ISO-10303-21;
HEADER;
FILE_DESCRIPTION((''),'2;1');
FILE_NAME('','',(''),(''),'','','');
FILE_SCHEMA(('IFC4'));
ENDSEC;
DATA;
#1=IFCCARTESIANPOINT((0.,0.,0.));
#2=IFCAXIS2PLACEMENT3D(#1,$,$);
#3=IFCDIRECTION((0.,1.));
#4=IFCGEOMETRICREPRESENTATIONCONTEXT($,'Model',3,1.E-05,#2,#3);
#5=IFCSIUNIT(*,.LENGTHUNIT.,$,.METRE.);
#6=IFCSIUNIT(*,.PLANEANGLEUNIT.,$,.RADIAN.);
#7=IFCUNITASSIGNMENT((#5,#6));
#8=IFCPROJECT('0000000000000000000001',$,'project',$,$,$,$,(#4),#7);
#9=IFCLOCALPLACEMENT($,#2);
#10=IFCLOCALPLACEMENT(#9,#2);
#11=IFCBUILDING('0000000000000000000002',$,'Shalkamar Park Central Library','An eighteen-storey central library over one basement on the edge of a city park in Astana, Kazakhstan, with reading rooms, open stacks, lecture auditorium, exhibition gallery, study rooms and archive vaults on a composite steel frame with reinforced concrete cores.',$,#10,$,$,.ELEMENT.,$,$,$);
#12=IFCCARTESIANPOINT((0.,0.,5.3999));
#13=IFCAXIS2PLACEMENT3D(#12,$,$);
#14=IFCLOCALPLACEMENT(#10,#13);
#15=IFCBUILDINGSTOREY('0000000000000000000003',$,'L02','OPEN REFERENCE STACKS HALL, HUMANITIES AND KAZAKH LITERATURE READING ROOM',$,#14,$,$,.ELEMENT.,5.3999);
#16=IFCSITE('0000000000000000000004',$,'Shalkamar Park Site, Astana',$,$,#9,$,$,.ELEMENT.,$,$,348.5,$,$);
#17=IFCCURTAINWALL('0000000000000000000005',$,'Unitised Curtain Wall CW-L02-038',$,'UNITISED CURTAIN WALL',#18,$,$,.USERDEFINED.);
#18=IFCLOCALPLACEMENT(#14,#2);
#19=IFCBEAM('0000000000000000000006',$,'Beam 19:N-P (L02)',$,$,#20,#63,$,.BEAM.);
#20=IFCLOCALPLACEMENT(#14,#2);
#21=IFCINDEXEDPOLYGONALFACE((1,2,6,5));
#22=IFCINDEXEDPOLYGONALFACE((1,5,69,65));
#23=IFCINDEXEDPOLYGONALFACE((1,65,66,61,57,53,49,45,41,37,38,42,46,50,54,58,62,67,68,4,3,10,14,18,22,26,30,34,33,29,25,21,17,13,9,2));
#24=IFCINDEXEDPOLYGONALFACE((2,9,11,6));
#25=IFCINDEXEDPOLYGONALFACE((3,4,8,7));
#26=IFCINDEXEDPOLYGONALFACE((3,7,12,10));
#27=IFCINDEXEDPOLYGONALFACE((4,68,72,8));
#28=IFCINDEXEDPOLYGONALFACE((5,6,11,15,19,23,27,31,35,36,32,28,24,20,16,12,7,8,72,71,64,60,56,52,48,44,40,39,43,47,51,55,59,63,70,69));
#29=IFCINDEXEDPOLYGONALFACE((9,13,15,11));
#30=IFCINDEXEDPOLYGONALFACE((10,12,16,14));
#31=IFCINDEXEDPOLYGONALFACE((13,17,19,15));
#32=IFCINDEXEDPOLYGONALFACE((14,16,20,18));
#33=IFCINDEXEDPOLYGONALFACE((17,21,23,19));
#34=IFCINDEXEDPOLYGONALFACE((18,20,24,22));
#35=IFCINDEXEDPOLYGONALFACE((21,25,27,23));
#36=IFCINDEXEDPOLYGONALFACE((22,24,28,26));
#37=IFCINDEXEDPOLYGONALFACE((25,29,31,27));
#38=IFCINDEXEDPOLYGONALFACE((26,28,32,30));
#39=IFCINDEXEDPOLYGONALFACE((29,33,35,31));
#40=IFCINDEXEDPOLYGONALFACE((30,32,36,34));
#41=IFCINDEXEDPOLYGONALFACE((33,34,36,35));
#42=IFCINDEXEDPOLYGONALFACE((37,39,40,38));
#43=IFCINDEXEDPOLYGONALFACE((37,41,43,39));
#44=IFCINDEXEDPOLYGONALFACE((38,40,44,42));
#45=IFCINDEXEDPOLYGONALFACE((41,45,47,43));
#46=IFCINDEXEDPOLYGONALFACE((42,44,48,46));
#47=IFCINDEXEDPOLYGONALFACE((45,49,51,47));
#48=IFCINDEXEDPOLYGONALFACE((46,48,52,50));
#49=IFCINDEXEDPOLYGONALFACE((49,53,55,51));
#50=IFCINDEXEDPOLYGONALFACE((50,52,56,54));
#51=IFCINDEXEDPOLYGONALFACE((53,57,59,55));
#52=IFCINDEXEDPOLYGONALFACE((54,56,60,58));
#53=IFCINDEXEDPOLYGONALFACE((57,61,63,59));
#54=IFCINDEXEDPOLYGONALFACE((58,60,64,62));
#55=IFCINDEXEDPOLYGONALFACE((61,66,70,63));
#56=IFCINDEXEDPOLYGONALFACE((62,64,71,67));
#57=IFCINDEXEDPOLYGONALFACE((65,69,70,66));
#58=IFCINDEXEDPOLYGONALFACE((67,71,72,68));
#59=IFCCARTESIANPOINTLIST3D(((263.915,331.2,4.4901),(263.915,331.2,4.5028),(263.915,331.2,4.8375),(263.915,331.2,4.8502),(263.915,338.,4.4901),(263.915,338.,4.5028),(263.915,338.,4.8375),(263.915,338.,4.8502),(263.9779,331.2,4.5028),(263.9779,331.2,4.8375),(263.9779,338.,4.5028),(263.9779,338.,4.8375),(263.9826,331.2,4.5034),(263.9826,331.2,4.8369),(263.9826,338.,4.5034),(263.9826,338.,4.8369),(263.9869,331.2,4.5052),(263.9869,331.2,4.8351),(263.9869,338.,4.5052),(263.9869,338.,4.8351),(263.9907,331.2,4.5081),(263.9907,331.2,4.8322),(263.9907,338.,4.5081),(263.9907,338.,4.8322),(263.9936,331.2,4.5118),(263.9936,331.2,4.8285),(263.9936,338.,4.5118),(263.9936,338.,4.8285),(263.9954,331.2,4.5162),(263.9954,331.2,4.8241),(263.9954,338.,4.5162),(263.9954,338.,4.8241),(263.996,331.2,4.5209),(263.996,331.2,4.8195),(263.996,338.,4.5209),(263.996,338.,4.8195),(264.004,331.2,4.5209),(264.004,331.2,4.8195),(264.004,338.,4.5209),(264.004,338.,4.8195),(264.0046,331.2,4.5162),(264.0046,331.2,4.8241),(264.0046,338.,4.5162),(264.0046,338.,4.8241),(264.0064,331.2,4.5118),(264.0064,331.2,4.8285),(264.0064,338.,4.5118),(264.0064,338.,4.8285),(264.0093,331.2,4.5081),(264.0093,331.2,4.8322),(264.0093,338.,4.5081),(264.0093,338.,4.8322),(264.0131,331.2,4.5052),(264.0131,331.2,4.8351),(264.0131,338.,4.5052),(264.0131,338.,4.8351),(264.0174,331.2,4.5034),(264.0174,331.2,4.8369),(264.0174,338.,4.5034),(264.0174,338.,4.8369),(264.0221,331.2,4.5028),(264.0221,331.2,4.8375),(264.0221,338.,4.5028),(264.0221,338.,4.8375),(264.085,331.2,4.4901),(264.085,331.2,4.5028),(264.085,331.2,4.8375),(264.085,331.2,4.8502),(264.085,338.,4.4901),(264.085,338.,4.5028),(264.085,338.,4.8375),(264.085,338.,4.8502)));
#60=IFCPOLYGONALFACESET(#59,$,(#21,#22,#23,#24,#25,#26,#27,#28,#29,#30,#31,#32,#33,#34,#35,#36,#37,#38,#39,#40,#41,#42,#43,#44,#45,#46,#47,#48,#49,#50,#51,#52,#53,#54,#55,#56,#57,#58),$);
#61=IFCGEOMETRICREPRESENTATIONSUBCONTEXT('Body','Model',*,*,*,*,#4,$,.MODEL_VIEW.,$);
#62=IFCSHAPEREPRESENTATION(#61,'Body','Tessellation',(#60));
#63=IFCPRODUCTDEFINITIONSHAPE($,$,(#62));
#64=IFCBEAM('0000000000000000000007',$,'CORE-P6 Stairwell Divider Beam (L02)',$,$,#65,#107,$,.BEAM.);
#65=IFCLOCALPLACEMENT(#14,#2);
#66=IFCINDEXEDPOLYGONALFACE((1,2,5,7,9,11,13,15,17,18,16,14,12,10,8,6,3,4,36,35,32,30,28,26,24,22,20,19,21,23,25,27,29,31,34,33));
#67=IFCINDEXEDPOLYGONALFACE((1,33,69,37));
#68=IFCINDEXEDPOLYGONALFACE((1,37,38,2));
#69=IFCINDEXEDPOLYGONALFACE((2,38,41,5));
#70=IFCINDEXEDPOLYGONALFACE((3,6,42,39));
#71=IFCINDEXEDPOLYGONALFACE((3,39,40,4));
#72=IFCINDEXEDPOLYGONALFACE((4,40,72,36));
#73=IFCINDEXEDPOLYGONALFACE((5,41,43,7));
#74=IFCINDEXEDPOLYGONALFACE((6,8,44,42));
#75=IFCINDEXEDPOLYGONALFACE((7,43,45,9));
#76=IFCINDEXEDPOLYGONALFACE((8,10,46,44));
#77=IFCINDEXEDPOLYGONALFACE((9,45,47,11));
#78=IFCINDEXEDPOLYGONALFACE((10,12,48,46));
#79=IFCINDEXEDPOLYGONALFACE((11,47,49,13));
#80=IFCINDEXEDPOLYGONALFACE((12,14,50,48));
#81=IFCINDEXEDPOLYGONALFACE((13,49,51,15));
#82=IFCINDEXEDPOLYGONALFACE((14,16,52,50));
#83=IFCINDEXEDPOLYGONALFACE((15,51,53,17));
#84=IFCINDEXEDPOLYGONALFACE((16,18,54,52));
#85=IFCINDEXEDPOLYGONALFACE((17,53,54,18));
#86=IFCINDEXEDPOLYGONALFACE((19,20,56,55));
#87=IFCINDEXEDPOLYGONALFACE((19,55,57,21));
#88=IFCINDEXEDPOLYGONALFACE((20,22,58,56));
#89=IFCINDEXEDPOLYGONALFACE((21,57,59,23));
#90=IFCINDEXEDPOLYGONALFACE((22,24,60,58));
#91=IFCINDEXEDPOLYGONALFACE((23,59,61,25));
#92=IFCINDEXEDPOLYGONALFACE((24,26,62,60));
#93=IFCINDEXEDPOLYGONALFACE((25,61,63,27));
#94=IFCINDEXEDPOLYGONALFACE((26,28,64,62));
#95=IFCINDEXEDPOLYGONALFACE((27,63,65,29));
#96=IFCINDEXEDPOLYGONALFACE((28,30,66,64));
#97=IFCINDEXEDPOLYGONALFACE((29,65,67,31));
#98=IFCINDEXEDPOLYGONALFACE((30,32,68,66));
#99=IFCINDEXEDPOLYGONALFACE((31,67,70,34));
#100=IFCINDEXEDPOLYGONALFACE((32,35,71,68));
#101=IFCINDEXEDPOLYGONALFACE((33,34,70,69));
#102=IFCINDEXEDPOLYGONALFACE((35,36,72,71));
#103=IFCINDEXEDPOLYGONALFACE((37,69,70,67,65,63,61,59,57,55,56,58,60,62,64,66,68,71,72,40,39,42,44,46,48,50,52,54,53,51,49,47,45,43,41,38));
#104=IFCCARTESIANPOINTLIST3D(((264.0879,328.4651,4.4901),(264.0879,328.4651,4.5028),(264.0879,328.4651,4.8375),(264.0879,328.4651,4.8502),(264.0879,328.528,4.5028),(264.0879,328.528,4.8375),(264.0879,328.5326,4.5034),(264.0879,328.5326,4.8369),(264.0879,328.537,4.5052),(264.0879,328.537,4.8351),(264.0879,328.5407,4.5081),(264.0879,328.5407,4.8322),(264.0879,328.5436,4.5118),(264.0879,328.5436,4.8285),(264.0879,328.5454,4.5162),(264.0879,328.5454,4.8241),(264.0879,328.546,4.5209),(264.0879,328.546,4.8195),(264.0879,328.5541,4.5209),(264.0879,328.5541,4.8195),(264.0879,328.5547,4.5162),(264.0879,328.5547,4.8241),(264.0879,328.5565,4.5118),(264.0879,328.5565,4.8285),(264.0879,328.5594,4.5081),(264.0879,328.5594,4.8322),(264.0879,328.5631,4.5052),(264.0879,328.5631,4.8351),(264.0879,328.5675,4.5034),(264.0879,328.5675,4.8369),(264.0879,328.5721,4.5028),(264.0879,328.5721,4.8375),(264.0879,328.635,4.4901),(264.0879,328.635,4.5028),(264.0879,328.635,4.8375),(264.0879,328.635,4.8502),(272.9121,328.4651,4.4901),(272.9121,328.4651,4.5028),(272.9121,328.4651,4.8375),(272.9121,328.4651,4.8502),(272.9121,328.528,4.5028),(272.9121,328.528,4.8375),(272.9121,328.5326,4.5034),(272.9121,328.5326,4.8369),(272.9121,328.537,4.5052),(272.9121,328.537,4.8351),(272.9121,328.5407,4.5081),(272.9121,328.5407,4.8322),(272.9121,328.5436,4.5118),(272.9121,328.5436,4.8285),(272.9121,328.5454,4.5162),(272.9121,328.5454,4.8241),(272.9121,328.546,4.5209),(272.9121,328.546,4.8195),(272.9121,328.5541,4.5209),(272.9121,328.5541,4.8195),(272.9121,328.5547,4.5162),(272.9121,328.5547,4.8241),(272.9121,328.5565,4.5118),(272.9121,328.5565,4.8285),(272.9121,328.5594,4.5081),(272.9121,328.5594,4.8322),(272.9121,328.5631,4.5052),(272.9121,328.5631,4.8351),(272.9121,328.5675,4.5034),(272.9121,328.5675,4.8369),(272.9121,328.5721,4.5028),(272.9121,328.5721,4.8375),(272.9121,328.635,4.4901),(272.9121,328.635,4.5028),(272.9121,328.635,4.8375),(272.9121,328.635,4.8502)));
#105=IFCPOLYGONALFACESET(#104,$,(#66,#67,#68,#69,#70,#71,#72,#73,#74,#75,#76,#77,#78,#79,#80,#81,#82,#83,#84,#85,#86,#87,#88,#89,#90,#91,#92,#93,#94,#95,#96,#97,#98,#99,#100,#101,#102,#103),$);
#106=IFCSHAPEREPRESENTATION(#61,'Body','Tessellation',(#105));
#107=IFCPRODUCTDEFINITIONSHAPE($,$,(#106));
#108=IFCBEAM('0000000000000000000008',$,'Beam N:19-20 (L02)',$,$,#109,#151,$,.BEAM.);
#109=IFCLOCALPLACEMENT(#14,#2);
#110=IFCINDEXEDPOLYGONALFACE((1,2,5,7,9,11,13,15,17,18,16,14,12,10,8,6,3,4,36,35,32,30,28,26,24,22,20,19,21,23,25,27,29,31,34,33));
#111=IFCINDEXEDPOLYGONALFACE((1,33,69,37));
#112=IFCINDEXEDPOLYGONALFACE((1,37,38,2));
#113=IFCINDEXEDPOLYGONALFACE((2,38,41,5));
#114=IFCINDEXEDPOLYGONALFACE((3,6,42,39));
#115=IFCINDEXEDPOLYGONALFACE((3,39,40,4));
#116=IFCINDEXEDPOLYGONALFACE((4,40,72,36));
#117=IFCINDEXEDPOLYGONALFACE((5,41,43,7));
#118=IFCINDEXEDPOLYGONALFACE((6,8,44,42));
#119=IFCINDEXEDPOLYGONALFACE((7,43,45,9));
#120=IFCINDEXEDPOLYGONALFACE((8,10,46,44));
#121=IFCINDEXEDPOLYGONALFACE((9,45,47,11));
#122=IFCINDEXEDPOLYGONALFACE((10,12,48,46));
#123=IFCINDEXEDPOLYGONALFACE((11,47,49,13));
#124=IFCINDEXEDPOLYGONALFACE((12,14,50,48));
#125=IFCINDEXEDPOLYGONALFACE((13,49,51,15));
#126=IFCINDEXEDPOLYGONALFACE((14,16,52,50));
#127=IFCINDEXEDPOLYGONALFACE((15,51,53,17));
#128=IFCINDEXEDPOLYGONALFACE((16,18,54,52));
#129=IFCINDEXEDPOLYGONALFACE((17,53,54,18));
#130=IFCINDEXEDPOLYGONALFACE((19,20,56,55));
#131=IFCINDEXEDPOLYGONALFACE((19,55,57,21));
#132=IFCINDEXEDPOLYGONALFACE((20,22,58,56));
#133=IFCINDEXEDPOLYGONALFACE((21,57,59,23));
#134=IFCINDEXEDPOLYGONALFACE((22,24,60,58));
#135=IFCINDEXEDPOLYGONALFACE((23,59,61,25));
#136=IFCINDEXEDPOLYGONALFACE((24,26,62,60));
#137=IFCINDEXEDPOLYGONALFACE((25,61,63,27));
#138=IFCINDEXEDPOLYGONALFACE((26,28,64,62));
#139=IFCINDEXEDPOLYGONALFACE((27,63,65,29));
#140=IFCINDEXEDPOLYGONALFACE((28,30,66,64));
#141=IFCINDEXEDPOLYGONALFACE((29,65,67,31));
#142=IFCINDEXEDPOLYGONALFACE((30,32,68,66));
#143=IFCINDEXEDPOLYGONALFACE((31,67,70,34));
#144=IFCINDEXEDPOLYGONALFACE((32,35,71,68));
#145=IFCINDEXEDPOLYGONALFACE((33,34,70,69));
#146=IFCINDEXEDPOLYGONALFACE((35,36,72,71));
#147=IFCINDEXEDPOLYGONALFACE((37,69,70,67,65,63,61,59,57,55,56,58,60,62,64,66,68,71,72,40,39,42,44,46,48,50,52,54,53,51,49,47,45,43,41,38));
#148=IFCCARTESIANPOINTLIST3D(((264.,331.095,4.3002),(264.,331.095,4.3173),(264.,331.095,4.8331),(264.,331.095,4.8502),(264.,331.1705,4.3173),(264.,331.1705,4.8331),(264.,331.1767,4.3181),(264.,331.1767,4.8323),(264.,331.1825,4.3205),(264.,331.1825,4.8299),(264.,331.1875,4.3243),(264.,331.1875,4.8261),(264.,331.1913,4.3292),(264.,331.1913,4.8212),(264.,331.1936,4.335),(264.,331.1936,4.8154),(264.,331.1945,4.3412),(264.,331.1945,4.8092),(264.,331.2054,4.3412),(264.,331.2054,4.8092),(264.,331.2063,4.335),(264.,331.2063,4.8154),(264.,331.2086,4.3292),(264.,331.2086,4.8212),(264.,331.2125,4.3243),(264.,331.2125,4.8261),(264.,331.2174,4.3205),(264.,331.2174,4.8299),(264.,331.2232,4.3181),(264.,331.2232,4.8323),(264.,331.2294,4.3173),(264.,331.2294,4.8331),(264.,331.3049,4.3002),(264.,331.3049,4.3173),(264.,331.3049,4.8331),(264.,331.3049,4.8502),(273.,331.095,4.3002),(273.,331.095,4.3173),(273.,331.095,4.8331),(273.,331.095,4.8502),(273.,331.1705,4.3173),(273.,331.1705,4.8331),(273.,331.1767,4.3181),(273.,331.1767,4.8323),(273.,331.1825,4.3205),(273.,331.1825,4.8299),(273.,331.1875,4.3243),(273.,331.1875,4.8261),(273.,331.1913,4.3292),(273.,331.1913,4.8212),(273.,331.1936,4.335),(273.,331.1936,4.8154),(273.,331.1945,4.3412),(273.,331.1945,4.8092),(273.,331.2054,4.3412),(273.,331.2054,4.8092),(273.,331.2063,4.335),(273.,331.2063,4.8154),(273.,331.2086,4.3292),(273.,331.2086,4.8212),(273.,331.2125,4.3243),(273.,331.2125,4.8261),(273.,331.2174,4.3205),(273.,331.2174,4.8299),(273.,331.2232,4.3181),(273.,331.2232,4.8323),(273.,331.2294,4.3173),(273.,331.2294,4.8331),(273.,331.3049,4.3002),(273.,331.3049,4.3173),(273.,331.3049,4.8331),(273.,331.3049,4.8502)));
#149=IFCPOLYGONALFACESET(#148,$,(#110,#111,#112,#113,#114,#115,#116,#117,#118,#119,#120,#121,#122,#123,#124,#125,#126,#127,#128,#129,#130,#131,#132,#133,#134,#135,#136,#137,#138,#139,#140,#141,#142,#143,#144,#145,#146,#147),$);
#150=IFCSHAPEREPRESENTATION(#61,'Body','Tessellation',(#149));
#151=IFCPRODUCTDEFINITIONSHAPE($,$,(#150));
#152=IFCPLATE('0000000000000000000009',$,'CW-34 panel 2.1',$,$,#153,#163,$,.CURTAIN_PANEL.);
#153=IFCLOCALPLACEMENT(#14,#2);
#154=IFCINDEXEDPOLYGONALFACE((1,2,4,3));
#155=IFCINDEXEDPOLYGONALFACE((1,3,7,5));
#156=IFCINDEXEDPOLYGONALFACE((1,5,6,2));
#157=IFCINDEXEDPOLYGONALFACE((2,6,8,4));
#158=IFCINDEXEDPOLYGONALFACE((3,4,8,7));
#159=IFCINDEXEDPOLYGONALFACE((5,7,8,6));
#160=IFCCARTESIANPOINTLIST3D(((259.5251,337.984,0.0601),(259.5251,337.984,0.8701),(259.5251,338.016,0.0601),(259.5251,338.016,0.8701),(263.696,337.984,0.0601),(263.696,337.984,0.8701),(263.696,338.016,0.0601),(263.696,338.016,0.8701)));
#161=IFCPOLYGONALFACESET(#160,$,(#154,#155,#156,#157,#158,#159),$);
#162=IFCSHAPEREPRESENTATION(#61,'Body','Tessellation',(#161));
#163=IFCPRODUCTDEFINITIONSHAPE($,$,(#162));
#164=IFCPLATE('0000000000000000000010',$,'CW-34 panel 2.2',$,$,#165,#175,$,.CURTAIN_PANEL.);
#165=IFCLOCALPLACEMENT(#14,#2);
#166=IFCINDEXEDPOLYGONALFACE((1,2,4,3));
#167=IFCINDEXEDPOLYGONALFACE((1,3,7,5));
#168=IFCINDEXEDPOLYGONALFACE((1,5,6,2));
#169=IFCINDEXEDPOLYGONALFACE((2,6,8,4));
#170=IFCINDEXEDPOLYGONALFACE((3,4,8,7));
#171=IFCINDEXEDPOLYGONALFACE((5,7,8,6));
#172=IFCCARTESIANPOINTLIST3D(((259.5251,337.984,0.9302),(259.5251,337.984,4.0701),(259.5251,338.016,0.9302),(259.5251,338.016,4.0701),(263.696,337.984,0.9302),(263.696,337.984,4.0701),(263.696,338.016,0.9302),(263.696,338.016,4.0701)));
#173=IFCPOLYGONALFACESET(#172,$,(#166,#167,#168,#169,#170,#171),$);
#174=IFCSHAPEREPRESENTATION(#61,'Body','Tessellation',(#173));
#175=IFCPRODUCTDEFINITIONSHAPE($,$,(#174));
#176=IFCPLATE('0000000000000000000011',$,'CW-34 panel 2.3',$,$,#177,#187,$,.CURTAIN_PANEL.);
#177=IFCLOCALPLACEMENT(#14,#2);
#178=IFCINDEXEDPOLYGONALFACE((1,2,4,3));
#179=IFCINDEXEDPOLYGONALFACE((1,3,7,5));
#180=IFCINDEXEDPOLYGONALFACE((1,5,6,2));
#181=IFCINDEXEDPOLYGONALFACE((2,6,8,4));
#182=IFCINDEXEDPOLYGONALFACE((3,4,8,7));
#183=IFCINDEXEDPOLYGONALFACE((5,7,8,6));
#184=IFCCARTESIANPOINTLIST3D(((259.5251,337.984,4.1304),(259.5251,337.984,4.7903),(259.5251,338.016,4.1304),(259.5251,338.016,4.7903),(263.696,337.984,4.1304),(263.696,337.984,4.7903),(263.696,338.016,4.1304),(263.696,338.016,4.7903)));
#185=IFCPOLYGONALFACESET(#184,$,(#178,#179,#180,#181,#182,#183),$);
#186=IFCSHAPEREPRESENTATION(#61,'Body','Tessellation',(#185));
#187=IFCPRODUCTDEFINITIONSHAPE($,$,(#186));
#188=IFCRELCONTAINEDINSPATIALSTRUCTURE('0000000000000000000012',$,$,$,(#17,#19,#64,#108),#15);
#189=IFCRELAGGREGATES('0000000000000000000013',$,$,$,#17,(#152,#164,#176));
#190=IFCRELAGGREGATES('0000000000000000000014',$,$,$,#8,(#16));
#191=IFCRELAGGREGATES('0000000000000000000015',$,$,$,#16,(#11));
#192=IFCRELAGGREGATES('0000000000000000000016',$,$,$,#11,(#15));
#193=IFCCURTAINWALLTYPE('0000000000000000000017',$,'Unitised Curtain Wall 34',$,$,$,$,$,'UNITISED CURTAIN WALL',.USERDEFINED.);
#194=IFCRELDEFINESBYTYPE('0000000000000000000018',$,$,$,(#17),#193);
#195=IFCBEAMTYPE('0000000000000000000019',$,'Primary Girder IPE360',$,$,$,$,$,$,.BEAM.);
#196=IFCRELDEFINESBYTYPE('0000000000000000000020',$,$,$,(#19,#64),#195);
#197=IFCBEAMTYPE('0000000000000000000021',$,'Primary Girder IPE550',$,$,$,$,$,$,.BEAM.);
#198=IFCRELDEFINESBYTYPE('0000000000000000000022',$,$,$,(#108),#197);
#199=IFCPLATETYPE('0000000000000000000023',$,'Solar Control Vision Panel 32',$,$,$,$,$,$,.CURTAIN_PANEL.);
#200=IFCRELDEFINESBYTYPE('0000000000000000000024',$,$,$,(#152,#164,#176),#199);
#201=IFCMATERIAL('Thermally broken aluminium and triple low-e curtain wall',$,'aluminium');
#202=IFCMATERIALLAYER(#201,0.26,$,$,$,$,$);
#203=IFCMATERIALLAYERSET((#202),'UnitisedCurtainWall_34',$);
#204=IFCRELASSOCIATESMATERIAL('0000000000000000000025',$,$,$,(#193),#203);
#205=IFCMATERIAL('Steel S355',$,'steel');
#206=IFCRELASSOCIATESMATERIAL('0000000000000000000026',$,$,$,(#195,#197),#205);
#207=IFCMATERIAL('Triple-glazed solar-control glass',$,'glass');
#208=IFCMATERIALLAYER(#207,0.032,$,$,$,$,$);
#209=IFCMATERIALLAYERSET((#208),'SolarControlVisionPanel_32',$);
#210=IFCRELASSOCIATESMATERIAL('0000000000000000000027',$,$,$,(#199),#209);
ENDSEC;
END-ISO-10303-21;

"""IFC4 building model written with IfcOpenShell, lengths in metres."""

from ifc_helpers import new_model, si_unit, direction, frame, origin, origin_2d, place, context, subcontext, project, spatial, rectangle, i_section, extrude, material, layer, layer_set, material_profile, profile_set, type_object, element, aggregate, save


model = new_model("IFC4")

# Units and contexts
model_context = context("Model", 3, precision=1e-05, world=origin(), true_north=direction((0.0, 1.0)))
body_context = subcontext(model_context, "Body", "Model", "MODEL_VIEW")
ifc_project = project(units=[si_unit("LENGTHUNIT", "METRE"), si_unit("PLANEANGLEUNIT", "RADIAN")], contexts=[model_context])

# Site, building, storey
site_placement = place(None, origin())
site = spatial("IfcSite", under=ifc_project, at=site_placement, Name="Shalkamar Park Site, Astana", CompositionType="ELEMENT", RefElevation=348.5)
building_placement = place(site_placement, origin())
building = spatial("IfcBuilding", under=site, at=building_placement, Name="Shalkamar Park Central Library", Description="An eighteen-storey central library over one basement on the edge of a city park in Astana, Kazakhstan, with reading rooms, open stacks, lecture auditorium, exhibition gallery, study rooms and archive vaults on a composite steel frame with reinforced concrete cores.", CompositionType="ELEMENT")
storey_placement = place(building_placement, frame((0.0, 0.0, 5.3999)))
storey = spatial("IfcBuildingStorey", under=building, at=storey_placement, Name="L02", Description="OPEN REFERENCE STACKS HALL, HUMANITIES AND KAZAKH LITERATURE READING ROOM", CompositionType="ELEMENT", Elevation=5.3999)

# Shared definitions
ifc_material_1 = material(Name="Steel S355", Category="steel")

# Curtain wall
ifc_material_2 = material(Name="Thermally broken aluminium and triple low-e curtain wall", Category="aluminium")
ifc_layer_1 = layer(ifc_material_2, 0.26)
ifc_layer_set_1 = layer_set([ifc_layer_1], Name="UnitisedCurtainWall_34")
curtain_wall_type_1 = type_object("IfcCurtainWallType", Name="Unitised Curtain Wall 34", ElementType="UNITISED CURTAIN WALL", PredefinedType="USERDEFINED", material=ifc_layer_set_1)
curtain_wall_1_placement = place(storey_placement, origin())
curtain_wall_1 = element("IfcCurtainWall", 1, at=curtain_wall_1_placement, inside=storey, type_object=curtain_wall_type_1, Name="Unitised Curtain Wall CW-L02-038", ObjectType="UNITISED CURTAIN WALL", PredefinedType="USERDEFINED")

# Beams
ifc_material_profile_1 = material_profile(ifc_material_1, i_section(OverallWidth=0.1699, OverallDepth=0.3601, WebThickness=0.0081, FlangeThickness=0.0127, FilletRadius=0.0181, at=origin_2d()), Name="IPE 360")
ifc_profile_set_1 = profile_set([ifc_material_profile_1], Name="Steel S355")
beam_type_1 = type_object("IfcBeamType", Name="Primary Girder IPE360", PredefinedType="BEAM", material=ifc_profile_set_1)
beam_1_placement = place(storey_placement, frame((264.0, 331.2, 4.6702), z_axis=(0.0, 1.0, 0.0), x_axis=(-1.0, 0.0, 0.0)))
element("IfcBeam", 2, at=beam_1_placement, inside=storey, type_object=beam_type_1, Name="Beam 19:N-P (L02)", PredefinedType="BEAM", context=body_context, shape_type="SweptSolid", body=[
    extrude(i_section(OverallWidth=0.1699, OverallDepth=0.3601, WebThickness=0.0081, FlangeThickness=0.0127, FilletRadius=0.0181, at=origin_2d()), origin(), (0.0, 0.0, 1.0), 6.8),
])
beam_2_placement = place(storey_placement, frame((264.0879, 328.55, 4.6702), z_axis=(1.0, 0.0, 0.0), x_axis=(0.0, 1.0, 0.0)))
element("IfcBeam", 3, at=beam_2_placement, inside=storey, type_object=beam_type_1, Name="CORE-P6 Stairwell Divider Beam (L02)", PredefinedType="BEAM", context=body_context, shape_type="SweptSolid", body=[
    extrude(i_section(OverallWidth=0.1699, OverallDepth=0.3601, WebThickness=0.0081, FlangeThickness=0.0127, FilletRadius=0.0181, at=origin_2d()), origin(), (0.0, 0.0, 1.0), 8.8242),
])
ifc_material_profile_2 = material_profile(ifc_material_1, i_section(OverallWidth=0.21, OverallDepth=0.55, WebThickness=0.011, FlangeThickness=0.0171, FilletRadius=0.0239, at=origin_2d()), Name="IPE 550")
ifc_profile_set_2 = profile_set([ifc_material_profile_2], Name="Steel S355")
beam_type_2 = type_object("IfcBeamType", Name="Primary Girder IPE550", PredefinedType="BEAM", material=ifc_profile_set_2)
beam_3_placement = place(storey_placement, frame((264.0, 331.2, 4.5752), z_axis=(1.0, 0.0, 0.0), x_axis=(0.0, 1.0, 0.0)))
element("IfcBeam", 4, at=beam_3_placement, inside=storey, type_object=beam_type_2, Name="Beam N:19-20 (L02)", PredefinedType="BEAM", context=body_context, shape_type="SweptSolid", body=[
    extrude(i_section(OverallWidth=0.21, OverallDepth=0.55, WebThickness=0.011, FlangeThickness=0.0171, FilletRadius=0.0239, at=origin_2d()), origin(), (0.0, 0.0, 1.0), 9.0),
])

# Plates
ifc_material_3 = material(Name="Triple-glazed solar-control glass", Category="glass")
ifc_layer_2 = layer(ifc_material_3, 0.032)
ifc_layer_set_2 = layer_set([ifc_layer_2], Name="SolarControlVisionPanel_32")
plate_type_1 = type_object("IfcPlateType", Name="Solar Control Vision Panel 32", PredefinedType="CURTAIN_PANEL", material=ifc_layer_set_2)
plate_1_placement = place(storey_placement, frame((261.6106, 338.0, 0.0601), z_axis=(0.0, 0.0, 1.0), x_axis=(1.0, 0.0, 0.0)))
plate_1 = element("IfcPlate", 5, at=plate_1_placement, type_object=plate_type_1, Name="CW-34 panel 2.1", PredefinedType="CURTAIN_PANEL", context=body_context, shape_type="SweptSolid", body=[
    extrude(rectangle(XDim=4.1709, YDim=0.032, at=origin_2d()), origin(), (0.0, 0.0, 1.0), 0.8101),
])
plate_2_placement = place(storey_placement, frame((261.6106, 338.0, 0.9302), z_axis=(0.0, 0.0, 1.0), x_axis=(1.0, 0.0, 0.0)))
plate_2 = element("IfcPlate", 6, at=plate_2_placement, type_object=plate_type_1, Name="CW-34 panel 2.2", PredefinedType="CURTAIN_PANEL", context=body_context, shape_type="SweptSolid", body=[
    extrude(rectangle(XDim=4.1709, YDim=0.032, at=origin_2d()), origin(), (0.0, 0.0, 1.0), 3.1399),
])
plate_3_placement = place(storey_placement, frame((261.6106, 338.0, 4.1304), z_axis=(0.0, 0.0, 1.0), x_axis=(1.0, 0.0, 0.0)))
plate_3 = element("IfcPlate", 7, at=plate_3_placement, type_object=plate_type_1, Name="CW-34 panel 2.3", PredefinedType="CURTAIN_PANEL", context=body_context, shape_type="SweptSolid", body=[
    extrude(rectangle(XDim=4.1709, YDim=0.032, at=origin_2d()), origin(), (0.0, 0.0, 1.0), 0.6599),
])
aggregate(curtain_wall_1, [plate_1, plate_2, plate_3])

save(model, "model.ifc")
